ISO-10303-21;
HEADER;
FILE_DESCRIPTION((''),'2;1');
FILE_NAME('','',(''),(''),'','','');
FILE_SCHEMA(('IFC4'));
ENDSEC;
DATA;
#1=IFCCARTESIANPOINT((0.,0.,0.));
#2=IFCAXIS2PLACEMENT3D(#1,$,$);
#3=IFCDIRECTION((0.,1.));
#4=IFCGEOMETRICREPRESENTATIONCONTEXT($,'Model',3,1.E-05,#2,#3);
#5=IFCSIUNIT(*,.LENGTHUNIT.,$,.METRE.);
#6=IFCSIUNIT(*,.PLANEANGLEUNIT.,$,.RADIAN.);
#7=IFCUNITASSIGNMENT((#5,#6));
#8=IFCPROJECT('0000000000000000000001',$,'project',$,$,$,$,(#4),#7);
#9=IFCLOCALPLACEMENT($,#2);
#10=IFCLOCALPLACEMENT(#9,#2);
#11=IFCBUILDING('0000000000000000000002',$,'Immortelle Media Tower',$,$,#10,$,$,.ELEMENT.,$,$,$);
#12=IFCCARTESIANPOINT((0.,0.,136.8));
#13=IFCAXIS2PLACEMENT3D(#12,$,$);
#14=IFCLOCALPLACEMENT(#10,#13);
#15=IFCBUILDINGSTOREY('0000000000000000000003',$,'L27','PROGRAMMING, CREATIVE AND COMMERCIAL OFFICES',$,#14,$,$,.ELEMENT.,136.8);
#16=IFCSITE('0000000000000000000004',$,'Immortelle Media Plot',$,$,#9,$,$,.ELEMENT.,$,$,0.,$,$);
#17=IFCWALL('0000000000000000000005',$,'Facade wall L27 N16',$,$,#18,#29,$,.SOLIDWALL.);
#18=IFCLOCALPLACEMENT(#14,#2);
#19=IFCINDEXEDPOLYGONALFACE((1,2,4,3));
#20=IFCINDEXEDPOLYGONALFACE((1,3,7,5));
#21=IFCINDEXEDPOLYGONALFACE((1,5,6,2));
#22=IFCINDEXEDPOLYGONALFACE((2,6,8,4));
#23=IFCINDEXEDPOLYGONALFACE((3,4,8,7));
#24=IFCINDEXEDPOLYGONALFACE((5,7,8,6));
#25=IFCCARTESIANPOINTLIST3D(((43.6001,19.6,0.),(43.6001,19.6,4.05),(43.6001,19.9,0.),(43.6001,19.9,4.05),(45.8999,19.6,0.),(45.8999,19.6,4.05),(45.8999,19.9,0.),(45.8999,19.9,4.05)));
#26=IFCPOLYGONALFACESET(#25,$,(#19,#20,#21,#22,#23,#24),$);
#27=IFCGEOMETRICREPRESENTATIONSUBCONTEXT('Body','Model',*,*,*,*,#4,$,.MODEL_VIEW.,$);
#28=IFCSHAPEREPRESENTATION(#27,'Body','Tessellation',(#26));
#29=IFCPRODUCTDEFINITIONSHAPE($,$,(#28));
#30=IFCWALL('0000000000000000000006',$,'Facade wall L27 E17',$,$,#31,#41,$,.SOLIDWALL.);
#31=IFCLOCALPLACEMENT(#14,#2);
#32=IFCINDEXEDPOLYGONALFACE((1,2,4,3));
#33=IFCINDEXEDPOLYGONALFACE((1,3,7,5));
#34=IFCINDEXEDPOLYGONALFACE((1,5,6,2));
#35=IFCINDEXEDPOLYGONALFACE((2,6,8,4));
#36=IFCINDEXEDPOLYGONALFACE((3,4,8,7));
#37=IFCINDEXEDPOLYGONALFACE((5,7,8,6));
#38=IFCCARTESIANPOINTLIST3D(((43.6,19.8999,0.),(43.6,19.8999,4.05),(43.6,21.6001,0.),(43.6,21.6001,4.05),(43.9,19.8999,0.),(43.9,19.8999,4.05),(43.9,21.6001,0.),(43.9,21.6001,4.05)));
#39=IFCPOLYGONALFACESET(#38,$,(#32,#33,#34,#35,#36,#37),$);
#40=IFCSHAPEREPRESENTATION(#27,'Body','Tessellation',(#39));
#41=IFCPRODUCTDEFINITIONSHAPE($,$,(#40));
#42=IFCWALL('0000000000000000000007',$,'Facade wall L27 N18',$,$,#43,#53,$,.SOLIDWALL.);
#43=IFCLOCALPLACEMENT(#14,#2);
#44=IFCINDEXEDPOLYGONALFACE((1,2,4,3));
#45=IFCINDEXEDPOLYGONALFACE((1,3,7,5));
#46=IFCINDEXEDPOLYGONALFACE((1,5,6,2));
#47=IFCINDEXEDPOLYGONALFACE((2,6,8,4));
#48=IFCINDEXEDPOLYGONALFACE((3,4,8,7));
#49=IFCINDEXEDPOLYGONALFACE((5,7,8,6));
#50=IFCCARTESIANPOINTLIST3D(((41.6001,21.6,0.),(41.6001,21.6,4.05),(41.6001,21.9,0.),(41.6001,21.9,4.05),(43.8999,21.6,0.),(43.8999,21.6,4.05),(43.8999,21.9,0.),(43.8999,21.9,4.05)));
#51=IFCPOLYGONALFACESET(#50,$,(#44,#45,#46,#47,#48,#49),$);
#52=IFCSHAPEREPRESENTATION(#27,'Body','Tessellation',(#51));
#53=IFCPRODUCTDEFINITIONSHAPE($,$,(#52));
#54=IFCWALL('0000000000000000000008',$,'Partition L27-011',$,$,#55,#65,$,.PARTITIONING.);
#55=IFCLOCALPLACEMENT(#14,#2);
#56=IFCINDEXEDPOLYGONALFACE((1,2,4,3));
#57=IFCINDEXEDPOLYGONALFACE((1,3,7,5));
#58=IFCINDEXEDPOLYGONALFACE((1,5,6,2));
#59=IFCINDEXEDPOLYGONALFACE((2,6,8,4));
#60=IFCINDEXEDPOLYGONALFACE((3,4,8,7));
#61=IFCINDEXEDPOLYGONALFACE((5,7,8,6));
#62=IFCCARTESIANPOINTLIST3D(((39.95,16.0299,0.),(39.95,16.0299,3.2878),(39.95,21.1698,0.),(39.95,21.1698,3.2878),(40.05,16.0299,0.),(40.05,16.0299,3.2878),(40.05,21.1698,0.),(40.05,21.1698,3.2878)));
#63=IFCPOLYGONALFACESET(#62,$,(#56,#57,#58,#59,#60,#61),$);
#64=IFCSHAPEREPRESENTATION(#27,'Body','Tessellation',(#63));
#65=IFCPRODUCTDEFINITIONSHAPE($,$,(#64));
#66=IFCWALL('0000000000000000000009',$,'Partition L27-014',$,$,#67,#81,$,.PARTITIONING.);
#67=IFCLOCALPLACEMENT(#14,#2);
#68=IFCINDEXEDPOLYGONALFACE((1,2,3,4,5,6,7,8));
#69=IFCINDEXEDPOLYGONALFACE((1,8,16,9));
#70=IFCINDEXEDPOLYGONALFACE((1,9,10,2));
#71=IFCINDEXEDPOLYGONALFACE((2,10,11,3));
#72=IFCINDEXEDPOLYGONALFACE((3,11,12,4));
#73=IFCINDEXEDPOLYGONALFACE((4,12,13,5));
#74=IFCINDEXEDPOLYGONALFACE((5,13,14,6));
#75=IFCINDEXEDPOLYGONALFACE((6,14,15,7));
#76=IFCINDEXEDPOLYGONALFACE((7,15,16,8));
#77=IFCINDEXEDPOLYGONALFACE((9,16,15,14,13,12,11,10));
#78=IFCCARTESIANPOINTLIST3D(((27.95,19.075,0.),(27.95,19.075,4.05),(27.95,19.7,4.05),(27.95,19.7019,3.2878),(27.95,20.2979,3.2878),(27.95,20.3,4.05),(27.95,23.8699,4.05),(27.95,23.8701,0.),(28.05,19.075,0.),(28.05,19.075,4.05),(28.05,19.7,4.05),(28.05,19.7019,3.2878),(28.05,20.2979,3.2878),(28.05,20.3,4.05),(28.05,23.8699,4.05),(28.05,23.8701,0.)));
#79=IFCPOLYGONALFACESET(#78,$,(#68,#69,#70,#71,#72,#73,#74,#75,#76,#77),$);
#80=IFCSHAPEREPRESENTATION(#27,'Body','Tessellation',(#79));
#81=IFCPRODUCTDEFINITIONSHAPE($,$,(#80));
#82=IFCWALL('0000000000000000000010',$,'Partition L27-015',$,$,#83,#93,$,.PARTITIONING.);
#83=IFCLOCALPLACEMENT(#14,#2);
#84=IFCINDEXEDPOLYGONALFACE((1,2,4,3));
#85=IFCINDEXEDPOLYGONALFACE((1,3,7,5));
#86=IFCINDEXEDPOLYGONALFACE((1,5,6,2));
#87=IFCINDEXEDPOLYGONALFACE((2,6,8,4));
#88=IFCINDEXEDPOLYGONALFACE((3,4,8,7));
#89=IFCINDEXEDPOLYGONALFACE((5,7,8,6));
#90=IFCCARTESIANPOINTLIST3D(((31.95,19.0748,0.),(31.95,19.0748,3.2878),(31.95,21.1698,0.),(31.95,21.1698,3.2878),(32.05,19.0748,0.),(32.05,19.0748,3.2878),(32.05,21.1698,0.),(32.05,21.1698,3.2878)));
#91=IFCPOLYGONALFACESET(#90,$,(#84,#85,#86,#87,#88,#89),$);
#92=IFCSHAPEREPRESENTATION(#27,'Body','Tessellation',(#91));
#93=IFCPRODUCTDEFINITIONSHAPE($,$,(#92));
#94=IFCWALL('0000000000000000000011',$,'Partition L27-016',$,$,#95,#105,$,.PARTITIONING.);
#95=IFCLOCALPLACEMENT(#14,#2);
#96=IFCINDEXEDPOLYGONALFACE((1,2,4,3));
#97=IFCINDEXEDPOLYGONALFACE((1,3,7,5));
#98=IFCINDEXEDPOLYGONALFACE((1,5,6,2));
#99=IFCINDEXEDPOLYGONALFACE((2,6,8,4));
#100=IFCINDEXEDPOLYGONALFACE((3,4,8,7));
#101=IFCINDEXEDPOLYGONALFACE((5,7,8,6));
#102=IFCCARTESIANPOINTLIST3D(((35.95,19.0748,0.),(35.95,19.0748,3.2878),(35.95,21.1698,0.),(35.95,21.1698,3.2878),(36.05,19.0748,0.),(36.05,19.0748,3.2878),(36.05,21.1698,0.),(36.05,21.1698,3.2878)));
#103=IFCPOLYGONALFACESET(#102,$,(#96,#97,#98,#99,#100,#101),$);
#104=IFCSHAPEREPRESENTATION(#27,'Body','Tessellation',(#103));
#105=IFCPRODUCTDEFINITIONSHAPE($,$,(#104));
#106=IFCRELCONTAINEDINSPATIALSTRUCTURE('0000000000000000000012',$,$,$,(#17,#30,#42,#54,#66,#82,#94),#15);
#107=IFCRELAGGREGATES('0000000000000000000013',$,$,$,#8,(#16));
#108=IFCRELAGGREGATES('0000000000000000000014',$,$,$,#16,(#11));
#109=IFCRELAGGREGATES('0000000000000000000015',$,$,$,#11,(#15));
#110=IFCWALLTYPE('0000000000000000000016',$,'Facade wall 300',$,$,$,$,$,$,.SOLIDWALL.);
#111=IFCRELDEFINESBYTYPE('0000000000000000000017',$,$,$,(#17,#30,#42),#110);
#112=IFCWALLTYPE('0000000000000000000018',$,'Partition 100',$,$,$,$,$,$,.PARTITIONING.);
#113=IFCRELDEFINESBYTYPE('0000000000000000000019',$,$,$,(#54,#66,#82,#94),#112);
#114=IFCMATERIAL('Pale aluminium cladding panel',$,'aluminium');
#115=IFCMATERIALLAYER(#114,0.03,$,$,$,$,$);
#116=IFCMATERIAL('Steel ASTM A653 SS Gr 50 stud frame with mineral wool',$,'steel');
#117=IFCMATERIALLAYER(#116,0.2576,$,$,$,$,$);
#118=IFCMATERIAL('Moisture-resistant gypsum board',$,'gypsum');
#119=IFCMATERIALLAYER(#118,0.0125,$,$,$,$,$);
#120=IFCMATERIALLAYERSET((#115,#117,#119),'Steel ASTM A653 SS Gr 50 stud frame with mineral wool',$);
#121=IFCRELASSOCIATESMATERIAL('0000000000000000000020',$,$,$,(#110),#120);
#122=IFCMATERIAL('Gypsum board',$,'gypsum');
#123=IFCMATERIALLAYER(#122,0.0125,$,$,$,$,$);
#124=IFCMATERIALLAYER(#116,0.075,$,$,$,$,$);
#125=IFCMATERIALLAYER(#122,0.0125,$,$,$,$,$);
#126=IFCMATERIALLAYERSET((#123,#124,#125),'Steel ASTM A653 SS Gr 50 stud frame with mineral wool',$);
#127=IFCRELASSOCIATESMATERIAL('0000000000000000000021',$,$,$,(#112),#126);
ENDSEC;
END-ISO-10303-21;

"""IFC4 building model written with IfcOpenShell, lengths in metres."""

from ifc_helpers import new_model, si_unit, direction, frame, frame_2d, origin, place, context, subcontext, project, spatial, polyline, rectangle, outline, extrude, material, layer, layer_set, type_object, element, save


model = new_model("IFC4")

# Units and contexts
model_context = context("Model", 3, precision=1e-05, world=origin(), true_north=direction((0.0, 1.0)))
body_context = subcontext(model_context, "Body", "Model", "MODEL_VIEW")
ifc_project = project(units=[si_unit("LENGTHUNIT", "METRE"), si_unit("PLANEANGLEUNIT", "RADIAN")], contexts=[model_context])

# Site, building, storey
site_placement = place(None, origin())
site = spatial("IfcSite", under=ifc_project, at=site_placement, Name="Immortelle Media Plot", CompositionType="ELEMENT", RefElevation=0.0)
building_placement = place(site_placement, origin())
building = spatial("IfcBuilding", under=site, at=building_placement, Name="Immortelle Media Tower", CompositionType="ELEMENT")
storey_placement = place(building_placement, frame((0.0, 0.0, 136.8)))
storey = spatial("IfcBuildingStorey", under=building, at=storey_placement, Name="L27", Description="PROGRAMMING, CREATIVE AND COMMERCIAL OFFICES", CompositionType="ELEMENT", Elevation=136.8)

# Shared definitions
ifc_material_1 = material(Name="Steel ASTM A653 SS Gr 50 stud frame with mineral wool", Category="steel")

# Walls
ifc_material_2 = material(Name="Pale aluminium cladding panel", Category="aluminium")
ifc_layer_1 = layer(ifc_material_2, 0.03)
ifc_layer_2 = layer(ifc_material_1, 0.2576)
ifc_material_3 = material(Name="Moisture-resistant gypsum board", Category="gypsum")
ifc_layer_3 = layer(ifc_material_3, 0.0125)
ifc_layer_set_1 = layer_set([ifc_layer_1, ifc_layer_2, ifc_layer_3], Name="Steel ASTM A653 SS Gr 50 stud frame with mineral wool")
wall_type_1 = type_object("IfcWallType", Name="Facade wall 300", PredefinedType="SOLIDWALL", material=ifc_layer_set_1)
wall_1_placement = place(storey_placement, frame((45.8999, 19.75, 0.0), z_axis=(0.0, 0.0, 1.0), x_axis=(-1.0, 0.0, 0.0)))
element("IfcWall", 1, at=wall_1_placement, inside=storey, type_object=wall_type_1, Name="Facade wall L27 N16", PredefinedType="SOLIDWALL", context=body_context, shape_type="SweptSolid", body=[
    extrude(rectangle(XDim=2.2998, YDim=0.3, at=frame_2d((1.1499, 0.0))), origin(), (0.0, 0.0, 1.0), 4.05),
])
wall_2_placement = place(storey_placement, frame((43.75, 19.8999, 0.0), z_axis=(0.0, 0.0, 1.0), x_axis=(0.0, 1.0, 0.0)))
element("IfcWall", 2, at=wall_2_placement, inside=storey, type_object=wall_type_1, Name="Facade wall L27 E17", PredefinedType="SOLIDWALL", context=body_context, shape_type="SweptSolid", body=[
    extrude(rectangle(XDim=1.7002, YDim=0.3, at=frame_2d((0.8501, 0.0))), origin(), (0.0, 0.0, 1.0), 4.05),
])
wall_3_placement = place(storey_placement, frame((43.8999, 21.75, 0.0), z_axis=(0.0, 0.0, 1.0), x_axis=(-1.0, 0.0, 0.0)))
element("IfcWall", 3, at=wall_3_placement, inside=storey, type_object=wall_type_1, Name="Facade wall L27 N18", PredefinedType="SOLIDWALL", context=body_context, shape_type="SweptSolid", body=[
    extrude(rectangle(XDim=2.2998, YDim=0.3, at=frame_2d((1.1499, 0.0))), origin(), (0.0, 0.0, 1.0), 4.05),
])

# Walls
ifc_material_4 = material(Name="Gypsum board", Category="gypsum")
ifc_layer_4 = layer(ifc_material_4, 0.0125)
ifc_layer_5 = layer(ifc_material_1, 0.075)
ifc_layer_6 = layer(ifc_material_4, 0.0125)
ifc_layer_set_2 = layer_set([ifc_layer_4, ifc_layer_5, ifc_layer_6], Name="Steel ASTM A653 SS Gr 50 stud frame with mineral wool")
wall_type_2 = type_object("IfcWallType", Name="Partition 100", PredefinedType="PARTITIONING", material=ifc_layer_set_2)
wall_4_placement = place(storey_placement, frame((40.0, 16.03, 0.0), z_axis=(0.0, 0.0, 1.0), x_axis=(0.0, 1.0, 0.0)))
element("IfcWall", 4, at=wall_4_placement, inside=storey, type_object=wall_type_2, Name="Partition L27-011", PredefinedType="PARTITIONING", context=body_context, shape_type="SweptSolid", body=[
    extrude(rectangle(XDim=5.1399, YDim=0.1001, at=frame_2d((2.5698, 0.0))), origin(), (0.0, 0.0, 1.0), 3.2878),
])
wall_5_placement = place(storey_placement, frame((28.0, 19.075, 0.0), z_axis=(0.0, 0.0, 1.0), x_axis=(0.0, 1.0, 0.0)))
element("IfcWall", 5, at=wall_5_placement, inside=storey, type_object=wall_type_2, Name="Partition L27-014", PredefinedType="PARTITIONING", context=body_context, shape_type="SweptSolid", body=[
    extrude(outline(polyline([(0.0, 0.0), (4.7952, 0.0), (4.7949, 4.05), (1.2251, 4.05), (1.2229, 3.2878), (0.627, 3.2878), (0.625, 4.05), (0.0, 4.05), (0.0, 0.0)])), frame((0.0, 0.05, 0.0), z_axis=(0.0, -1.0, 0.0), x_axis=(1.0, 0.0, 0.0)), (0.0, 0.0, 1.0), 0.1001),
])
for number, where, z_axis, x_axis, name in (
    (6, (32.0, 19.075, 0.0), (0.0, 0.0, 1.0), (0.0, 1.0, 0.0), "Partition L27-015"),
    (7, (36.0, 19.075, 0.0), (0.0, 0.0, 1.0), (0.0, 1.0, 0.0), "Partition L27-016"),
):
    element("IfcWall", number, at=place(storey_placement, frame(where, z_axis=z_axis, x_axis=x_axis)), inside=storey, type_object=wall_type_2, Name=name, PredefinedType="PARTITIONING", context=body_context, shape_type="SweptSolid", body=[
        extrude(rectangle(XDim=2.095, YDim=0.1001, at=frame_2d((1.0474, 0.0))), origin(), (0.0, 0.0, 1.0), 3.2878),
    ])

save(model, "model.ifc")
